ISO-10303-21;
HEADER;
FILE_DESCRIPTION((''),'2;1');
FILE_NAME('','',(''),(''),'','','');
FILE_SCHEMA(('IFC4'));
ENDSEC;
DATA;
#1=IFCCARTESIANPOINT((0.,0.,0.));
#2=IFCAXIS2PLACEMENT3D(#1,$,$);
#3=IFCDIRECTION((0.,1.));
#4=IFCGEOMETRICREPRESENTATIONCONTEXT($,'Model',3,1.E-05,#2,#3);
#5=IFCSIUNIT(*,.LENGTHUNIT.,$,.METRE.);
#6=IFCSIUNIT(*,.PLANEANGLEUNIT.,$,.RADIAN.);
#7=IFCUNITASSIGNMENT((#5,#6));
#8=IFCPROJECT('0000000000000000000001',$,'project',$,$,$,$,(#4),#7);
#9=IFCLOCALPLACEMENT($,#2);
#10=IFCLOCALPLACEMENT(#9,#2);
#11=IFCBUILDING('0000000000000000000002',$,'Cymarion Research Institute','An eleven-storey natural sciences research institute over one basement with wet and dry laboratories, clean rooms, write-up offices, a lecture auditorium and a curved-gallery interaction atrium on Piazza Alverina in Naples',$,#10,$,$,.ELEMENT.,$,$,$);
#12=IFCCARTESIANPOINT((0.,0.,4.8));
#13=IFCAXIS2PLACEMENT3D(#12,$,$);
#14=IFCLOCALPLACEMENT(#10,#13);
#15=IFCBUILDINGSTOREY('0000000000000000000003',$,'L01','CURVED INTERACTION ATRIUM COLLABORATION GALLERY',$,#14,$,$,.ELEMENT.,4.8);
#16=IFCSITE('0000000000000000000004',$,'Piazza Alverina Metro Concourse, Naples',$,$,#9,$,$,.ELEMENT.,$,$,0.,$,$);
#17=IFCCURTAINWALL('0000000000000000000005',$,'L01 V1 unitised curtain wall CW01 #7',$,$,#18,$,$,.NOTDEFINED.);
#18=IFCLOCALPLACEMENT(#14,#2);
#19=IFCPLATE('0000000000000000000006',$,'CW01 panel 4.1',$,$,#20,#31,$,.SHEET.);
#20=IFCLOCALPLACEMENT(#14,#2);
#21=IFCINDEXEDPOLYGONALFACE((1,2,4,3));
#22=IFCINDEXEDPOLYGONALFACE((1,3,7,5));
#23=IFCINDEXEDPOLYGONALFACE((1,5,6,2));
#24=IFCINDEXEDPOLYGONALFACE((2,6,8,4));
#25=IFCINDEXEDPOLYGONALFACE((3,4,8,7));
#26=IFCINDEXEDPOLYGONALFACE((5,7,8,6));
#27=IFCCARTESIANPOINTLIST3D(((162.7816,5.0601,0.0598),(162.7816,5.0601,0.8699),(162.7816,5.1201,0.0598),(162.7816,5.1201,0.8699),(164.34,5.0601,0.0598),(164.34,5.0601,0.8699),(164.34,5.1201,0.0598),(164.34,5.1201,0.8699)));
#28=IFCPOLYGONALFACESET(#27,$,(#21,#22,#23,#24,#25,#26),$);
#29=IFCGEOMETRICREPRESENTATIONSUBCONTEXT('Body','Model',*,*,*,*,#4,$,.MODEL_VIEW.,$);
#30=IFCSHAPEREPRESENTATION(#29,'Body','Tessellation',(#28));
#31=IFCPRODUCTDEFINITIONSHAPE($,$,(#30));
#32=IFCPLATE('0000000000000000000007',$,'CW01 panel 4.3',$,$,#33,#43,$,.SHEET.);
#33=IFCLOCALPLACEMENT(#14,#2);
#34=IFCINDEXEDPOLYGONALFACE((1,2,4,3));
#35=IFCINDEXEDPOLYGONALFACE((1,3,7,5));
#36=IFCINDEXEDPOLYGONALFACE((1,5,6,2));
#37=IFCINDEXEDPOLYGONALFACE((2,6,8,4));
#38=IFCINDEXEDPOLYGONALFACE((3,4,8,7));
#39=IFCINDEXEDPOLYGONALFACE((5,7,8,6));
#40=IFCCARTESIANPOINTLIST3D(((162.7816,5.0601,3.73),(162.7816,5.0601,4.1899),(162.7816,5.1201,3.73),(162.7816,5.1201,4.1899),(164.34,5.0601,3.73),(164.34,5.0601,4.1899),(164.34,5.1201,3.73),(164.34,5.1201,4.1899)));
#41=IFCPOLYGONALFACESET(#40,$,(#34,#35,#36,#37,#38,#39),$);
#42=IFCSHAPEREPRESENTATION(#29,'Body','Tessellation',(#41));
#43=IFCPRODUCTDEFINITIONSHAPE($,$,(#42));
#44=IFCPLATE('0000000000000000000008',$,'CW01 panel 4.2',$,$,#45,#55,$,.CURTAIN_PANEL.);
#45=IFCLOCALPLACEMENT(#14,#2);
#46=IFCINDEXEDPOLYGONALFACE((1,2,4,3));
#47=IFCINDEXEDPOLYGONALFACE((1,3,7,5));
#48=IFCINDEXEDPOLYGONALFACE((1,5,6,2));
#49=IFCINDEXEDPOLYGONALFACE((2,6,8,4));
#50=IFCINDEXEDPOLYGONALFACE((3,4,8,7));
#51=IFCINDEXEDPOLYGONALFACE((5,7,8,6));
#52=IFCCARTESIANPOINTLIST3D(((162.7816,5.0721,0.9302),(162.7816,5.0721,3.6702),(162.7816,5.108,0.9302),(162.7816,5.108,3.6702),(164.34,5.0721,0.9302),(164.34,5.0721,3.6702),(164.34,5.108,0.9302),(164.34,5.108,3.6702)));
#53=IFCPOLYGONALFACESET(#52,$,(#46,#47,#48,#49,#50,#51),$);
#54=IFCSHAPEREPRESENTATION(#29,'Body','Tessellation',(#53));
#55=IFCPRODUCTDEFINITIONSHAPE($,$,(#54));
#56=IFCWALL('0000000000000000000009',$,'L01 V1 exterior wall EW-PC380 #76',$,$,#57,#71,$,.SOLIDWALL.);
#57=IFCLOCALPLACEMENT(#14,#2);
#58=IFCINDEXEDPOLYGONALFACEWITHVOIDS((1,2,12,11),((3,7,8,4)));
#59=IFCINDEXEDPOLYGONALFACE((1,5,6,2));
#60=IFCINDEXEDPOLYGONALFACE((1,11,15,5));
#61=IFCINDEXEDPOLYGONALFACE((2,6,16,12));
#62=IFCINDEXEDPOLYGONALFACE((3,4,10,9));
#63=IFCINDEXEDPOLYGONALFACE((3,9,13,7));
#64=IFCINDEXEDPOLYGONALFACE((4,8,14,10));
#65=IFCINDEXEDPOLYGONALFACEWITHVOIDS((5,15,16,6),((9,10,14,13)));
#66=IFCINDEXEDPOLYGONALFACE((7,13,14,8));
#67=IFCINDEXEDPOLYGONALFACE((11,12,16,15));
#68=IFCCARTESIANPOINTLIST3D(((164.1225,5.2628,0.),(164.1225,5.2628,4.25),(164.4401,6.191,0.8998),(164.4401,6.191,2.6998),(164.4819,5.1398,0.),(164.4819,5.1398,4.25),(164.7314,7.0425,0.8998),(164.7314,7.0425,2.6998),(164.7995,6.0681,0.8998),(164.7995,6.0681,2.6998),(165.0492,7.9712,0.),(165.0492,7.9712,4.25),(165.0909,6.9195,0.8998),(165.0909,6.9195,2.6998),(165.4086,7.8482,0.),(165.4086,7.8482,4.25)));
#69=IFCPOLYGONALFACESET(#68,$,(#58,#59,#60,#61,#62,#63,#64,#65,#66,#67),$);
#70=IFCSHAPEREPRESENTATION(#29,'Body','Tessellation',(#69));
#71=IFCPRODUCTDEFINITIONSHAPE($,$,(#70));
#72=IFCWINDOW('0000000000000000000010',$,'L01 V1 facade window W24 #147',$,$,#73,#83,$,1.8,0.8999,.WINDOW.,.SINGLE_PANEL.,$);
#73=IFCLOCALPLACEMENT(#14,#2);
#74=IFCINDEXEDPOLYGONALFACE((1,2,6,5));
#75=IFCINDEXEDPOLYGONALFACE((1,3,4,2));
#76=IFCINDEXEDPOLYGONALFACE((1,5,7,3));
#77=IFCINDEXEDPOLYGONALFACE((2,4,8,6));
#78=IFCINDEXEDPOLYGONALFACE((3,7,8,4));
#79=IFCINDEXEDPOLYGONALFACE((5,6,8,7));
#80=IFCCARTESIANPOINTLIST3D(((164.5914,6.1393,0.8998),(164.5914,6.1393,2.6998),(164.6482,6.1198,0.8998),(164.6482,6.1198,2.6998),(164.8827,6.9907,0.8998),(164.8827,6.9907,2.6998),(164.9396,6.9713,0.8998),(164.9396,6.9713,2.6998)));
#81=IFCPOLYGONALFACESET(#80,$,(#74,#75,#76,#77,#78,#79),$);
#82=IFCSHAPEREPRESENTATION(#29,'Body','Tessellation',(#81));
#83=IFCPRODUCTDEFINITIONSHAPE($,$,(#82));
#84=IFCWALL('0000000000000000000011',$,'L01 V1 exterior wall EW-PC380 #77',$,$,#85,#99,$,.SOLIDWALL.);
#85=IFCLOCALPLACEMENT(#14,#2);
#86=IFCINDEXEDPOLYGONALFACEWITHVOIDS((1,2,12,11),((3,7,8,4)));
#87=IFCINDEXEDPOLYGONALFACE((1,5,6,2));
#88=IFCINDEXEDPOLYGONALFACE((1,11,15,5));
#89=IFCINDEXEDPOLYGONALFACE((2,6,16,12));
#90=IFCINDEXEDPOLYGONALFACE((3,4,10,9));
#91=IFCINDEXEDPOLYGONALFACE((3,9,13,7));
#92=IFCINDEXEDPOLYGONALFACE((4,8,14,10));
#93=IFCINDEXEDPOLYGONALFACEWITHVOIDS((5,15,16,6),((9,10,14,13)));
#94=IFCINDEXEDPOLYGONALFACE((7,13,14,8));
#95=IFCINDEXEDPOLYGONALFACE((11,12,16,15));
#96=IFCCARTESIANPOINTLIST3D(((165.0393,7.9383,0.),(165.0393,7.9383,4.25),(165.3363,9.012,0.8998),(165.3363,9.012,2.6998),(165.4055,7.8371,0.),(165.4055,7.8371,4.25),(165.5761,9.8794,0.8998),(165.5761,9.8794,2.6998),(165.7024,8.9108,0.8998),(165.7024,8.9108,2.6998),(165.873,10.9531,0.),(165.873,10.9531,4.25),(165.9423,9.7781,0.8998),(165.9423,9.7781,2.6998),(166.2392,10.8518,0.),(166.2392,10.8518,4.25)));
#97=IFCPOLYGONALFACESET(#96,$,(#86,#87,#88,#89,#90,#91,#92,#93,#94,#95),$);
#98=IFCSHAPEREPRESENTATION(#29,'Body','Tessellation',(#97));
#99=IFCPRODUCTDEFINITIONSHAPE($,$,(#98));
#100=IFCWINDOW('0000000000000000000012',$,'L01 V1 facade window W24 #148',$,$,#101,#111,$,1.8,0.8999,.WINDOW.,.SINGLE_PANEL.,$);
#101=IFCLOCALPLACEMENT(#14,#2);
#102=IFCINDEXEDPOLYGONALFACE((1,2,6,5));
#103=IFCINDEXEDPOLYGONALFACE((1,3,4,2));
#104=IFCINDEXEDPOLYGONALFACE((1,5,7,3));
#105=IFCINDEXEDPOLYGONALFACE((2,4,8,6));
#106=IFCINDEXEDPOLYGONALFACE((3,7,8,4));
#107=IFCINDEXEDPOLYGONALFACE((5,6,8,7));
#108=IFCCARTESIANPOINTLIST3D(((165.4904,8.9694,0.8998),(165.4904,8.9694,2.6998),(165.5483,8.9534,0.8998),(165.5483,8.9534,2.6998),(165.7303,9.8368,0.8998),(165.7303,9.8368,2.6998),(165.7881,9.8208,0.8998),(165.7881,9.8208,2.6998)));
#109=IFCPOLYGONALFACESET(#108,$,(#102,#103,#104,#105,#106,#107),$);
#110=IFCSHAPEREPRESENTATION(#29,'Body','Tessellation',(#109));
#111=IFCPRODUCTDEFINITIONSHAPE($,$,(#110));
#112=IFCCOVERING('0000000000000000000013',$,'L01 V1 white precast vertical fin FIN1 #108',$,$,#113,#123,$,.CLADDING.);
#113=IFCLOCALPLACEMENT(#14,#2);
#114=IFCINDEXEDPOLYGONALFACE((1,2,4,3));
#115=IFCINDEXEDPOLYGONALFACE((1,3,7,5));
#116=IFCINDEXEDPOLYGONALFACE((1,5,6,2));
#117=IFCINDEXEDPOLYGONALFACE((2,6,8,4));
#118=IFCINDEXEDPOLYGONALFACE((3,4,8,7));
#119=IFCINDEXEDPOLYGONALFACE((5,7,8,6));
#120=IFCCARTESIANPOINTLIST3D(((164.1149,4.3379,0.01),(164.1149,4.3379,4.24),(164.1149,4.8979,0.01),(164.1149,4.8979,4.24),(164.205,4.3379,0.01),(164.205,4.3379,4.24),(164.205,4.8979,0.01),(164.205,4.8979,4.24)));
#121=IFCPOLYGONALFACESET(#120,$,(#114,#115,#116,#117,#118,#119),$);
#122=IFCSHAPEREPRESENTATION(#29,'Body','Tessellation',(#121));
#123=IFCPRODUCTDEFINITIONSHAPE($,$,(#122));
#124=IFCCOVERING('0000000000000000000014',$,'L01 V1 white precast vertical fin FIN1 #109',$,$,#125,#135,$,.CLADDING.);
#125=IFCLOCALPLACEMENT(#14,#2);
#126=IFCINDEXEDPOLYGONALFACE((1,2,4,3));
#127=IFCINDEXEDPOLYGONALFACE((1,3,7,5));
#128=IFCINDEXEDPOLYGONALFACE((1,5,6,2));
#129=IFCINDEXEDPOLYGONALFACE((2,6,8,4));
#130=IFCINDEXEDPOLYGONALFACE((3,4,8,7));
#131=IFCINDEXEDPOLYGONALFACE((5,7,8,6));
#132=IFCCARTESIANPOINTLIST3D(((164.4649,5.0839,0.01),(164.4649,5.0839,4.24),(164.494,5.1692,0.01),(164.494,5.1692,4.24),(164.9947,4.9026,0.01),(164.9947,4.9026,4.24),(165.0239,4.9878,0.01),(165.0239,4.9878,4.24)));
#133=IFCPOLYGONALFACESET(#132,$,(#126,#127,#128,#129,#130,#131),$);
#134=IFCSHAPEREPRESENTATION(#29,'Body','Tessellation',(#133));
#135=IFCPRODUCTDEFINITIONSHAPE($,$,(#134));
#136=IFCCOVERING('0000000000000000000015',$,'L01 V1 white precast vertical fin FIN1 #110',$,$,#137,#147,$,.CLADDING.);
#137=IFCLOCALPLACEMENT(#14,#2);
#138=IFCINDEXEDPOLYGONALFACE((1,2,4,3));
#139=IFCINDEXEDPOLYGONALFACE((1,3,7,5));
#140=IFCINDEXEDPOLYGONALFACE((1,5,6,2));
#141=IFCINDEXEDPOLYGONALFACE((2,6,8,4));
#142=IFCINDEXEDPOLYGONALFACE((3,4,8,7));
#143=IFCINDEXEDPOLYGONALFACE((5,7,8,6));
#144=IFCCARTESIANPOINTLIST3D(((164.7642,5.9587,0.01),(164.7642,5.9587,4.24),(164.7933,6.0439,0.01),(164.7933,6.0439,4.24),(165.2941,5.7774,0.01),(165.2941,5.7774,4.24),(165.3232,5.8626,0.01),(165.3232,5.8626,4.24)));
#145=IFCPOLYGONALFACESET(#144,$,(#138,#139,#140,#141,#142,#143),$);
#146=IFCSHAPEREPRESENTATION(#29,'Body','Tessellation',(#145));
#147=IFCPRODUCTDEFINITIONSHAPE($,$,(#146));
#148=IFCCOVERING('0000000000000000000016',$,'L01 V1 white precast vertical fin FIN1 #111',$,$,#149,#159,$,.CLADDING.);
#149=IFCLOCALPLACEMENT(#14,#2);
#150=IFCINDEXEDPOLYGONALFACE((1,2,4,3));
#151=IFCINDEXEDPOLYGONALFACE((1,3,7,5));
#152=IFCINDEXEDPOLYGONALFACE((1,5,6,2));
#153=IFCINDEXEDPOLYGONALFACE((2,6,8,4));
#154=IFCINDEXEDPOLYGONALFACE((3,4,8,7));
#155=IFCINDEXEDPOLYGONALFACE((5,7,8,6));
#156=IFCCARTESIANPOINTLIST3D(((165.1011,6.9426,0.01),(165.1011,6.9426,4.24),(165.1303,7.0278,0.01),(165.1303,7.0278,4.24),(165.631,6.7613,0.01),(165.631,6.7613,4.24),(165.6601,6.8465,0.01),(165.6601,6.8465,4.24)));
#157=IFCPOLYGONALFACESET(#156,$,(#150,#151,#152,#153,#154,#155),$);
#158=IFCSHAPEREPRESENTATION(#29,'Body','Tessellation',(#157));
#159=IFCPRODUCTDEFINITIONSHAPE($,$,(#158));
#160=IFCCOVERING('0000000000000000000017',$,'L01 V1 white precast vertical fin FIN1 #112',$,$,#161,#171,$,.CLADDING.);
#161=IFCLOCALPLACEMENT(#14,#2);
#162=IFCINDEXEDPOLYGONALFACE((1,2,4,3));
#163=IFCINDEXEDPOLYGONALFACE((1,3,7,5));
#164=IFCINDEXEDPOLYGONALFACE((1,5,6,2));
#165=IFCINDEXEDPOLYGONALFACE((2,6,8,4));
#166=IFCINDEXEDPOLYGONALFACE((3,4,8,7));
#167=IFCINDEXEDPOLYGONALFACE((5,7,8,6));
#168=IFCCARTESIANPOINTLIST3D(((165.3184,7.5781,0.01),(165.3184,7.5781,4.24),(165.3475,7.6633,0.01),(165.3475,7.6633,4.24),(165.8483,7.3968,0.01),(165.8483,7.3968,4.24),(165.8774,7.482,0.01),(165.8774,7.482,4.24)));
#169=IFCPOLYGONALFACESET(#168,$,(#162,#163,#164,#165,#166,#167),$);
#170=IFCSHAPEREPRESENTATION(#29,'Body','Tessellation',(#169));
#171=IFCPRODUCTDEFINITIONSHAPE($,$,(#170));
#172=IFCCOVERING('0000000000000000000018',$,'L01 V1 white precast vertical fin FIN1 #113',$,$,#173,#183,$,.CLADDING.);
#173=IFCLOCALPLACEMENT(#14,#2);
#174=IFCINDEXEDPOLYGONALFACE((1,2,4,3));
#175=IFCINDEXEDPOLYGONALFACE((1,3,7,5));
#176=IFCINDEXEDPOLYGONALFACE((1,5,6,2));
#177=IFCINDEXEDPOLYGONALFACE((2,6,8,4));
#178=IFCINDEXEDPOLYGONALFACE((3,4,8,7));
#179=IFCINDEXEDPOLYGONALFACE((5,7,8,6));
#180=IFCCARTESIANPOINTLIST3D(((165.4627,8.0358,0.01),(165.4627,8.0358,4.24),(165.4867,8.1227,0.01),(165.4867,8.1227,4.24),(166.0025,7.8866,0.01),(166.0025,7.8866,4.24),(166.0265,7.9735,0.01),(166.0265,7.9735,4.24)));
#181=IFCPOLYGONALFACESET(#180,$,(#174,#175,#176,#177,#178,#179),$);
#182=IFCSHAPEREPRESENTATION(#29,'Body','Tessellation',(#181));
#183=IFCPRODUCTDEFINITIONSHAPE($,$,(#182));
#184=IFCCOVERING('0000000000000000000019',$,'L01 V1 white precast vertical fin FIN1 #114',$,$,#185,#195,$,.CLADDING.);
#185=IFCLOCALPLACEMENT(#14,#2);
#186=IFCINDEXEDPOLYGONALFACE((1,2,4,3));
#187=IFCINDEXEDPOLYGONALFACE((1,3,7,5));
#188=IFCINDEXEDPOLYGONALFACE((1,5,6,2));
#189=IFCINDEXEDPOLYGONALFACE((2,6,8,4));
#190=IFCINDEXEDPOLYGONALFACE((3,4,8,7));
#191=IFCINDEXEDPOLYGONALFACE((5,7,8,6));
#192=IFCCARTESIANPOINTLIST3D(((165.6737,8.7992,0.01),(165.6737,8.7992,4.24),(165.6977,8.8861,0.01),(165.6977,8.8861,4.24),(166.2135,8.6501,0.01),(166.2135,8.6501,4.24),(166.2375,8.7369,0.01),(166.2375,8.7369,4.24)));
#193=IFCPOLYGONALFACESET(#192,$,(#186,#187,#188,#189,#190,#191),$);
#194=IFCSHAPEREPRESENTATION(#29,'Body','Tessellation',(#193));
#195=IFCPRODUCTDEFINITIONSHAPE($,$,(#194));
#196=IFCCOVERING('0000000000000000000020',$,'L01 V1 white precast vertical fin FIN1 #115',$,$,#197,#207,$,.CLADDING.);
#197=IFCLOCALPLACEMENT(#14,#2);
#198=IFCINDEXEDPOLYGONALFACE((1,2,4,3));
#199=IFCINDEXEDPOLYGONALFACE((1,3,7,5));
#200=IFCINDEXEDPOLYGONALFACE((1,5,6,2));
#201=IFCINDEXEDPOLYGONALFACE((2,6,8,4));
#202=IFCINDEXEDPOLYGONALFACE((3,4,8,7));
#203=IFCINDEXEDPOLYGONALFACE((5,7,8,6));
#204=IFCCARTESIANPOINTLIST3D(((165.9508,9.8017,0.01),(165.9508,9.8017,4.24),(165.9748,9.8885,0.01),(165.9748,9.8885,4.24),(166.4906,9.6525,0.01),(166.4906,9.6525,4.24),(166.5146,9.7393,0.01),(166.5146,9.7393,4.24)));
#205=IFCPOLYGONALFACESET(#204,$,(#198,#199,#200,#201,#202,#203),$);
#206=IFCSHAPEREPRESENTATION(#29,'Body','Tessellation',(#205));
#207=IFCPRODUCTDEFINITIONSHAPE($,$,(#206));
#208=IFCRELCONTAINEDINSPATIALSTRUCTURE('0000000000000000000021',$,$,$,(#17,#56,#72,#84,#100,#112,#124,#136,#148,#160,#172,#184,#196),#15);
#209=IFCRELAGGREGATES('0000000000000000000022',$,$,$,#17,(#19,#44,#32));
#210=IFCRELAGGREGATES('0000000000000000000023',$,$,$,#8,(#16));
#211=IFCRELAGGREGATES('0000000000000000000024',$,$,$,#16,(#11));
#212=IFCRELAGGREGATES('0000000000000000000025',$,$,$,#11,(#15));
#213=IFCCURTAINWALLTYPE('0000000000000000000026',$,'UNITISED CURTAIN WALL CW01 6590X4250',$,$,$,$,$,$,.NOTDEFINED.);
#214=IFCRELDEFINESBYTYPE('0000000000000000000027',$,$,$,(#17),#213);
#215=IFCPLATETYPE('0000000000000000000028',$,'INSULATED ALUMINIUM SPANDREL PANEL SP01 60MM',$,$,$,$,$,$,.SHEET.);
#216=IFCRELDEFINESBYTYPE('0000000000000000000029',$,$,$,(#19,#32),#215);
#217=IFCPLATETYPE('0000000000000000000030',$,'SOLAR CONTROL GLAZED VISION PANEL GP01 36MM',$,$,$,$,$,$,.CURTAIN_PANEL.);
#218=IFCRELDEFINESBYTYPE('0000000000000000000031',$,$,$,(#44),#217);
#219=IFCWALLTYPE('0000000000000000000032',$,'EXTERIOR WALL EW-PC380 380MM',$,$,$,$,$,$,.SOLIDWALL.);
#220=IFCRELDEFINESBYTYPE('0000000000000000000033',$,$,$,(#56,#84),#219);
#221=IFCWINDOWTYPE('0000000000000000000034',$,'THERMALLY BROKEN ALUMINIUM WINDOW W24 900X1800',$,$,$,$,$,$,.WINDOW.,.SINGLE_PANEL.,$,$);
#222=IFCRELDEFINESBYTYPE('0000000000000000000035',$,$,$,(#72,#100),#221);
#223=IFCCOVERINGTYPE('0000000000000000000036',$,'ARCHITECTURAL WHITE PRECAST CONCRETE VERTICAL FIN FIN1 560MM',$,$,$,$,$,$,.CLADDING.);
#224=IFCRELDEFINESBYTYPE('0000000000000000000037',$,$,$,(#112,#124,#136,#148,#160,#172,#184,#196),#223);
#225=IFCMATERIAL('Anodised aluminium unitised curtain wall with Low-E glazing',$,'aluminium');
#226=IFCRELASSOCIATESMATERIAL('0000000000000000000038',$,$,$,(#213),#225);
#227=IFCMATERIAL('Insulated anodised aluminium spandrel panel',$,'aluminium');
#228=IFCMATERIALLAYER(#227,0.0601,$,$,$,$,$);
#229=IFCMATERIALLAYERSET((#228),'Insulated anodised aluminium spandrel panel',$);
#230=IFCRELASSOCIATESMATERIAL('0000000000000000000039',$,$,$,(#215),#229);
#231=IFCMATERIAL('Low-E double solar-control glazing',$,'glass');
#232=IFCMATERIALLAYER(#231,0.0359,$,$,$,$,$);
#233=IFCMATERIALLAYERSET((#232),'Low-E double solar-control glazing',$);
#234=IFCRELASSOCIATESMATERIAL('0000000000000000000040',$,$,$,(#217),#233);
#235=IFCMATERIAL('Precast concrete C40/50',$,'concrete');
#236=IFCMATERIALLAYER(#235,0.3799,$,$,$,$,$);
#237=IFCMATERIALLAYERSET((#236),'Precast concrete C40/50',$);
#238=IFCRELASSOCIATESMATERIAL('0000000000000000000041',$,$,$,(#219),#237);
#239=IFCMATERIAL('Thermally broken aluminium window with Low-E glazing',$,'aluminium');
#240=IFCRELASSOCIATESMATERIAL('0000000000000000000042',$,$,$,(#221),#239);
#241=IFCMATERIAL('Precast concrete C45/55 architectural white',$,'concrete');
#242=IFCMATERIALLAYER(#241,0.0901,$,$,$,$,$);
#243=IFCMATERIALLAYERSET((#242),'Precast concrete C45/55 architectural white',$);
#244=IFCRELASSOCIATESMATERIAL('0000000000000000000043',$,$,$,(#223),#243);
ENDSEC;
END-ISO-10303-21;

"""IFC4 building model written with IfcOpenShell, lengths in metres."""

from ifc_helpers import new_model, si_unit, direction, frame, frame_2d, origin, origin_2d, place, context, subcontext, project, spatial, rectangle, extrude, material, layer, layer_set, type_object, element, fill, aggregate, save


model = new_model("IFC4")

# Units and contexts
model_context = context("Model", 3, precision=1e-05, world=origin(), true_north=direction((0.0, 1.0)))
body_context = subcontext(model_context, "Body", "Model", "MODEL_VIEW")
ifc_project = project(units=[si_unit("LENGTHUNIT", "METRE"), si_unit("PLANEANGLEUNIT", "RADIAN")], contexts=[model_context])

# Site, building, storey
site_placement = place(None, origin())
site = spatial("IfcSite", under=ifc_project, at=site_placement, Name="Piazza Alverina Metro Concourse, Naples", CompositionType="ELEMENT", RefElevation=0.0)
building_placement = place(site_placement, origin())
building = spatial("IfcBuilding", under=site, at=building_placement, Name="Cymarion Research Institute", Description="An eleven-storey natural sciences research institute over one basement with wet and dry laboratories, clean rooms, write-up offices, a lecture auditorium and a curved-gallery interaction atrium on Piazza Alverina in Naples", CompositionType="ELEMENT")
storey_placement = place(building_placement, frame((0.0, 0.0, 4.8)))
storey = spatial("IfcBuildingStorey", under=building, at=storey_placement, Name="L01", Description="CURVED INTERACTION ATRIUM COLLABORATION GALLERY", CompositionType="ELEMENT", Elevation=4.8)

# Curtain wall
ifc_material_1 = material(Name="Anodised aluminium unitised curtain wall with Low-E glazing", Category="aluminium")
curtain_wall_type = type_object("IfcCurtainWallType", Name="UNITISED CURTAIN WALL CW01 6590X4250", PredefinedType="NOTDEFINED", material=ifc_material_1)
curtain_wall_placement = place(storey_placement, origin())
curtain_wall = element("IfcCurtainWall", 1, at=curtain_wall_placement, inside=storey, type_object=curtain_wall_type, Name="L01 V1 unitised curtain wall CW01 #7", PredefinedType="NOTDEFINED")

# Plates
ifc_material_2 = material(Name="Insulated anodised aluminium spandrel panel", Category="aluminium")
ifc_layer_1 = layer(ifc_material_2, 0.0601)
ifc_layer_set_1 = layer_set([ifc_layer_1], Name="Insulated anodised aluminium spandrel panel")
plate_type_1 = type_object("IfcPlateType", Name="INSULATED ALUMINIUM SPANDREL PANEL SP01 60MM", PredefinedType="SHEET", material=ifc_layer_set_1)
plate_1_placement = place(storey_placement, frame((163.5608, 5.0901, 0.0598), z_axis=(0.0, 0.0, 1.0), x_axis=(1.0, 0.0, 0.0)))
plate_1 = element("IfcPlate", 2, at=plate_1_placement, type_object=plate_type_1, Name="CW01 panel 4.1", PredefinedType="SHEET", context=body_context, shape_type="SweptSolid", body=[
    extrude(rectangle(XDim=1.5583, YDim=0.0601, at=origin_2d()), origin(), (0.0, 0.0, 1.0), 0.8101),
])
plate_2_placement = place(storey_placement, frame((163.5608, 5.0901, 3.73), z_axis=(0.0, 0.0, 1.0), x_axis=(1.0, 0.0, 0.0)))
plate_2 = element("IfcPlate", 3, at=plate_2_placement, type_object=plate_type_1, Name="CW01 panel 4.3", PredefinedType="SHEET", context=body_context, shape_type="SweptSolid", body=[
    extrude(rectangle(XDim=1.5583, YDim=0.0601, at=origin_2d()), origin(), (0.0, 0.0, 1.0), 0.46),
])
ifc_material_3 = material(Name="Low-E double solar-control glazing", Category="glass")
ifc_layer_2 = layer(ifc_material_3, 0.0359)
ifc_layer_set_2 = layer_set([ifc_layer_2], Name="Low-E double solar-control glazing")
plate_type_2 = type_object("IfcPlateType", Name="SOLAR CONTROL GLAZED VISION PANEL GP01 36MM", PredefinedType="CURTAIN_PANEL", material=ifc_layer_set_2)
plate_3_placement = place(storey_placement, frame((163.5608, 5.0901, 0.9302), z_axis=(0.0, 0.0, 1.0), x_axis=(1.0, 0.0, 0.0)))
plate_3 = element("IfcPlate", 4, at=plate_3_placement, type_object=plate_type_2, Name="CW01 panel 4.2", PredefinedType="CURTAIN_PANEL", context=body_context, shape_type="SweptSolid", body=[
    extrude(rectangle(XDim=1.5583, YDim=0.0359, at=origin_2d()), origin(), (0.0, 0.0, 1.0), 2.74),
])
aggregate(curtain_wall, [plate_1, plate_3, plate_2])

# Walls, openings, windows
ifc_material_4 = material(Name="Precast concrete C40/50", Category="concrete")
ifc_layer_3 = layer(ifc_material_4, 0.3799)
ifc_layer_set_3 = layer_set([ifc_layer_3], Name="Precast concrete C40/50")
wall_type = type_object("IfcWallType", Name="EXTERIOR WALL EW-PC380 380MM", PredefinedType="SOLIDWALL", material=ifc_layer_set_3)
wall_1_placement = place(storey_placement, frame((164.3022, 5.2014, 0.0), z_axis=(0.0, 0.0, 1.0), x_axis=(0.32374, 0.946146, 0.0)))
wall_1 = element("IfcWall", 5, at=wall_1_placement, inside=storey, type_object=wall_type, Name="L01 V1 exterior wall EW-PC380 #76", PredefinedType="SOLIDWALL", context=body_context, shape_type="SweptSolid", body=[
    extrude(rectangle(XDim=2.8625, YDim=0.3799, at=frame_2d((1.4312, 0.0))), origin(), (0.0, 0.0, 1.0), 4.25),
])
opening_1_placement = place(wall_1_placement, frame((0.981, 0.0, 0.8999)))
opening_1 = element("IfcOpeningElement", 6, at=opening_1_placement, cuts=wall_1, PredefinedType="OPENING", context=body_context, shape_type="SweptSolid", body=[
    extrude(rectangle(XDim=0.8999, YDim=1.8, at=frame_2d((0.45, 0.8999))), frame((0.0, 0.2, 0.0), z_axis=(0.0, -1.0, 0.0), x_axis=(1.0, 0.0, 0.0)), (0.0, 0.0, 1.0), 0.3999),
])
ifc_material_5 = material(Name="Thermally broken aluminium window with Low-E glazing", Category="aluminium")
window_type = type_object("IfcWindowType", Name="THERMALLY BROKEN ALUMINIUM WINDOW W24 900X1800", PartitioningType="SINGLE_PANEL", PredefinedType="WINDOW", material=ifc_material_5)
window_1_placement = place(opening_1_placement, origin())
window_1 = element("IfcWindow", 7, at=window_1_placement, inside=storey, type_object=window_type, Name="L01 V1 facade window W24 #147", OverallHeight=1.8, OverallWidth=0.8999, PartitioningType="SINGLE_PANEL", PredefinedType="WINDOW", context=body_context, shape_type="SweptSolid", body=[
    extrude(rectangle(XDim=0.8999, YDim=1.8, at=frame_2d((0.45, 0.8999))), frame((0.0, 0.03, 0.0), z_axis=(0.0, -1.0, 0.0), x_axis=(1.0, 0.0, 0.0)), (0.0, 0.0, 1.0), 0.0601),
])
fill(opening_1, window_1)
wall_2_placement = place(storey_placement, frame((165.2224, 7.8877, 0.0), z_axis=(0.0, 0.0, 1.0), x_axis=(0.266537, 0.963825, 0.0)))
wall_2 = element("IfcWall", 8, at=wall_2_placement, inside=storey, type_object=wall_type, Name="L01 V1 exterior wall EW-PC380 #77", PredefinedType="SOLIDWALL", context=body_context, shape_type="SweptSolid", body=[
    extrude(rectangle(XDim=3.1279, YDim=0.3799, at=frame_2d((1.564, 0.0))), origin(), (0.0, 0.0, 1.0), 4.25),
])
opening_2_placement = place(wall_2_placement, frame((1.114, 0.0, 0.8999)))
opening_2 = element("IfcOpeningElement", 9, at=opening_2_placement, cuts=wall_2, PredefinedType="OPENING", context=body_context, shape_type="SweptSolid", body=[
    extrude(rectangle(XDim=0.8999, YDim=1.8, at=frame_2d((0.45, 0.8999))), frame((0.0, 0.2, 0.0), z_axis=(0.0, -1.0, 0.0), x_axis=(1.0, 0.0, 0.0)), (0.0, 0.0, 1.0), 0.3999),
])
window_2_placement = place(opening_2_placement, origin())
window_2 = element("IfcWindow", 10, at=window_2_placement, inside=storey, type_object=window_type, Name="L01 V1 facade window W24 #148", OverallHeight=1.8, OverallWidth=0.8999, PartitioningType="SINGLE_PANEL", PredefinedType="WINDOW", context=body_context, shape_type="SweptSolid", body=[
    extrude(rectangle(XDim=0.8999, YDim=1.8, at=frame_2d((0.45, 0.8999))), frame((0.0, 0.03, 0.0), z_axis=(0.0, -1.0, 0.0), x_axis=(1.0, 0.0, 0.0)), (0.0, 0.0, 1.0), 0.0601),
])
fill(opening_2, window_2)

# Coverings
ifc_material_6 = material(Name="Precast concrete C45/55 architectural white", Category="concrete")
ifc_layer_4 = layer(ifc_material_6, 0.0901)
ifc_layer_set_4 = layer_set([ifc_layer_4], Name="Precast concrete C45/55 architectural white")
covering_type = type_object("IfcCoveringType", Name="ARCHITECTURAL WHITE PRECAST CONCRETE VERTICAL FIN FIN1 560MM", PredefinedType="CLADDING", material=ifc_layer_set_4)
for number, where, z_axis, x_axis, name in (
    (11, (164.1599, 4.6179, 0.01), (0.0, 0.0, 1.0), (0.0, -1.0, 0.0), "L01 V1 white precast vertical fin FIN1 #108"),
    (12, (164.7444, 5.0359, 0.01), (0.0, 0.0, 1.0), (0.946142, -0.323752, 0.0), "L01 V1 white precast vertical fin FIN1 #109"),
    (13, (165.0437, 5.9106, 0.01), (0.0, 0.0, 1.0), (0.946142, -0.323752, 0.0), "L01 V1 white precast vertical fin FIN1 #110"),
    (14, (165.3806, 6.8945, 0.01), (0.0, 0.0, 1.0), (0.946142, -0.323752, 0.0), "L01 V1 white precast vertical fin FIN1 #111"),
    (15, (165.5979, 7.53, 0.01), (0.0, 0.0, 1.0), (0.946142, -0.323752, 0.0), "L01 V1 white precast vertical fin FIN1 #112"),
    (16, (165.7446, 8.0046, 0.01), (0.0, 0.0, 1.0), (0.963863, -0.266397, 0.0), "L01 V1 white precast vertical fin FIN1 #113"),
    (17, (165.9556, 8.7681, 0.01), (0.0, 0.0, 1.0), (0.963863, -0.266397, 0.0), "L01 V1 white precast vertical fin FIN1 #114"),
    (18, (166.2327, 9.7705, 0.01), (0.0, 0.0, 1.0), (0.963863, -0.266397, 0.0), "L01 V1 white precast vertical fin FIN1 #115"),
):
    element("IfcCovering", number, at=place(storey_placement, frame(where, z_axis=z_axis, x_axis=x_axis)), inside=storey, type_object=covering_type, Name=name, PredefinedType="CLADDING", context=body_context, shape_type="SweptSolid", body=[
        extrude(rectangle(XDim=0.5601, YDim=0.0901, at=origin_2d()), origin(), (0.0, 0.0, 1.0), 4.23),
    ])

save(model, "model.ifc")
